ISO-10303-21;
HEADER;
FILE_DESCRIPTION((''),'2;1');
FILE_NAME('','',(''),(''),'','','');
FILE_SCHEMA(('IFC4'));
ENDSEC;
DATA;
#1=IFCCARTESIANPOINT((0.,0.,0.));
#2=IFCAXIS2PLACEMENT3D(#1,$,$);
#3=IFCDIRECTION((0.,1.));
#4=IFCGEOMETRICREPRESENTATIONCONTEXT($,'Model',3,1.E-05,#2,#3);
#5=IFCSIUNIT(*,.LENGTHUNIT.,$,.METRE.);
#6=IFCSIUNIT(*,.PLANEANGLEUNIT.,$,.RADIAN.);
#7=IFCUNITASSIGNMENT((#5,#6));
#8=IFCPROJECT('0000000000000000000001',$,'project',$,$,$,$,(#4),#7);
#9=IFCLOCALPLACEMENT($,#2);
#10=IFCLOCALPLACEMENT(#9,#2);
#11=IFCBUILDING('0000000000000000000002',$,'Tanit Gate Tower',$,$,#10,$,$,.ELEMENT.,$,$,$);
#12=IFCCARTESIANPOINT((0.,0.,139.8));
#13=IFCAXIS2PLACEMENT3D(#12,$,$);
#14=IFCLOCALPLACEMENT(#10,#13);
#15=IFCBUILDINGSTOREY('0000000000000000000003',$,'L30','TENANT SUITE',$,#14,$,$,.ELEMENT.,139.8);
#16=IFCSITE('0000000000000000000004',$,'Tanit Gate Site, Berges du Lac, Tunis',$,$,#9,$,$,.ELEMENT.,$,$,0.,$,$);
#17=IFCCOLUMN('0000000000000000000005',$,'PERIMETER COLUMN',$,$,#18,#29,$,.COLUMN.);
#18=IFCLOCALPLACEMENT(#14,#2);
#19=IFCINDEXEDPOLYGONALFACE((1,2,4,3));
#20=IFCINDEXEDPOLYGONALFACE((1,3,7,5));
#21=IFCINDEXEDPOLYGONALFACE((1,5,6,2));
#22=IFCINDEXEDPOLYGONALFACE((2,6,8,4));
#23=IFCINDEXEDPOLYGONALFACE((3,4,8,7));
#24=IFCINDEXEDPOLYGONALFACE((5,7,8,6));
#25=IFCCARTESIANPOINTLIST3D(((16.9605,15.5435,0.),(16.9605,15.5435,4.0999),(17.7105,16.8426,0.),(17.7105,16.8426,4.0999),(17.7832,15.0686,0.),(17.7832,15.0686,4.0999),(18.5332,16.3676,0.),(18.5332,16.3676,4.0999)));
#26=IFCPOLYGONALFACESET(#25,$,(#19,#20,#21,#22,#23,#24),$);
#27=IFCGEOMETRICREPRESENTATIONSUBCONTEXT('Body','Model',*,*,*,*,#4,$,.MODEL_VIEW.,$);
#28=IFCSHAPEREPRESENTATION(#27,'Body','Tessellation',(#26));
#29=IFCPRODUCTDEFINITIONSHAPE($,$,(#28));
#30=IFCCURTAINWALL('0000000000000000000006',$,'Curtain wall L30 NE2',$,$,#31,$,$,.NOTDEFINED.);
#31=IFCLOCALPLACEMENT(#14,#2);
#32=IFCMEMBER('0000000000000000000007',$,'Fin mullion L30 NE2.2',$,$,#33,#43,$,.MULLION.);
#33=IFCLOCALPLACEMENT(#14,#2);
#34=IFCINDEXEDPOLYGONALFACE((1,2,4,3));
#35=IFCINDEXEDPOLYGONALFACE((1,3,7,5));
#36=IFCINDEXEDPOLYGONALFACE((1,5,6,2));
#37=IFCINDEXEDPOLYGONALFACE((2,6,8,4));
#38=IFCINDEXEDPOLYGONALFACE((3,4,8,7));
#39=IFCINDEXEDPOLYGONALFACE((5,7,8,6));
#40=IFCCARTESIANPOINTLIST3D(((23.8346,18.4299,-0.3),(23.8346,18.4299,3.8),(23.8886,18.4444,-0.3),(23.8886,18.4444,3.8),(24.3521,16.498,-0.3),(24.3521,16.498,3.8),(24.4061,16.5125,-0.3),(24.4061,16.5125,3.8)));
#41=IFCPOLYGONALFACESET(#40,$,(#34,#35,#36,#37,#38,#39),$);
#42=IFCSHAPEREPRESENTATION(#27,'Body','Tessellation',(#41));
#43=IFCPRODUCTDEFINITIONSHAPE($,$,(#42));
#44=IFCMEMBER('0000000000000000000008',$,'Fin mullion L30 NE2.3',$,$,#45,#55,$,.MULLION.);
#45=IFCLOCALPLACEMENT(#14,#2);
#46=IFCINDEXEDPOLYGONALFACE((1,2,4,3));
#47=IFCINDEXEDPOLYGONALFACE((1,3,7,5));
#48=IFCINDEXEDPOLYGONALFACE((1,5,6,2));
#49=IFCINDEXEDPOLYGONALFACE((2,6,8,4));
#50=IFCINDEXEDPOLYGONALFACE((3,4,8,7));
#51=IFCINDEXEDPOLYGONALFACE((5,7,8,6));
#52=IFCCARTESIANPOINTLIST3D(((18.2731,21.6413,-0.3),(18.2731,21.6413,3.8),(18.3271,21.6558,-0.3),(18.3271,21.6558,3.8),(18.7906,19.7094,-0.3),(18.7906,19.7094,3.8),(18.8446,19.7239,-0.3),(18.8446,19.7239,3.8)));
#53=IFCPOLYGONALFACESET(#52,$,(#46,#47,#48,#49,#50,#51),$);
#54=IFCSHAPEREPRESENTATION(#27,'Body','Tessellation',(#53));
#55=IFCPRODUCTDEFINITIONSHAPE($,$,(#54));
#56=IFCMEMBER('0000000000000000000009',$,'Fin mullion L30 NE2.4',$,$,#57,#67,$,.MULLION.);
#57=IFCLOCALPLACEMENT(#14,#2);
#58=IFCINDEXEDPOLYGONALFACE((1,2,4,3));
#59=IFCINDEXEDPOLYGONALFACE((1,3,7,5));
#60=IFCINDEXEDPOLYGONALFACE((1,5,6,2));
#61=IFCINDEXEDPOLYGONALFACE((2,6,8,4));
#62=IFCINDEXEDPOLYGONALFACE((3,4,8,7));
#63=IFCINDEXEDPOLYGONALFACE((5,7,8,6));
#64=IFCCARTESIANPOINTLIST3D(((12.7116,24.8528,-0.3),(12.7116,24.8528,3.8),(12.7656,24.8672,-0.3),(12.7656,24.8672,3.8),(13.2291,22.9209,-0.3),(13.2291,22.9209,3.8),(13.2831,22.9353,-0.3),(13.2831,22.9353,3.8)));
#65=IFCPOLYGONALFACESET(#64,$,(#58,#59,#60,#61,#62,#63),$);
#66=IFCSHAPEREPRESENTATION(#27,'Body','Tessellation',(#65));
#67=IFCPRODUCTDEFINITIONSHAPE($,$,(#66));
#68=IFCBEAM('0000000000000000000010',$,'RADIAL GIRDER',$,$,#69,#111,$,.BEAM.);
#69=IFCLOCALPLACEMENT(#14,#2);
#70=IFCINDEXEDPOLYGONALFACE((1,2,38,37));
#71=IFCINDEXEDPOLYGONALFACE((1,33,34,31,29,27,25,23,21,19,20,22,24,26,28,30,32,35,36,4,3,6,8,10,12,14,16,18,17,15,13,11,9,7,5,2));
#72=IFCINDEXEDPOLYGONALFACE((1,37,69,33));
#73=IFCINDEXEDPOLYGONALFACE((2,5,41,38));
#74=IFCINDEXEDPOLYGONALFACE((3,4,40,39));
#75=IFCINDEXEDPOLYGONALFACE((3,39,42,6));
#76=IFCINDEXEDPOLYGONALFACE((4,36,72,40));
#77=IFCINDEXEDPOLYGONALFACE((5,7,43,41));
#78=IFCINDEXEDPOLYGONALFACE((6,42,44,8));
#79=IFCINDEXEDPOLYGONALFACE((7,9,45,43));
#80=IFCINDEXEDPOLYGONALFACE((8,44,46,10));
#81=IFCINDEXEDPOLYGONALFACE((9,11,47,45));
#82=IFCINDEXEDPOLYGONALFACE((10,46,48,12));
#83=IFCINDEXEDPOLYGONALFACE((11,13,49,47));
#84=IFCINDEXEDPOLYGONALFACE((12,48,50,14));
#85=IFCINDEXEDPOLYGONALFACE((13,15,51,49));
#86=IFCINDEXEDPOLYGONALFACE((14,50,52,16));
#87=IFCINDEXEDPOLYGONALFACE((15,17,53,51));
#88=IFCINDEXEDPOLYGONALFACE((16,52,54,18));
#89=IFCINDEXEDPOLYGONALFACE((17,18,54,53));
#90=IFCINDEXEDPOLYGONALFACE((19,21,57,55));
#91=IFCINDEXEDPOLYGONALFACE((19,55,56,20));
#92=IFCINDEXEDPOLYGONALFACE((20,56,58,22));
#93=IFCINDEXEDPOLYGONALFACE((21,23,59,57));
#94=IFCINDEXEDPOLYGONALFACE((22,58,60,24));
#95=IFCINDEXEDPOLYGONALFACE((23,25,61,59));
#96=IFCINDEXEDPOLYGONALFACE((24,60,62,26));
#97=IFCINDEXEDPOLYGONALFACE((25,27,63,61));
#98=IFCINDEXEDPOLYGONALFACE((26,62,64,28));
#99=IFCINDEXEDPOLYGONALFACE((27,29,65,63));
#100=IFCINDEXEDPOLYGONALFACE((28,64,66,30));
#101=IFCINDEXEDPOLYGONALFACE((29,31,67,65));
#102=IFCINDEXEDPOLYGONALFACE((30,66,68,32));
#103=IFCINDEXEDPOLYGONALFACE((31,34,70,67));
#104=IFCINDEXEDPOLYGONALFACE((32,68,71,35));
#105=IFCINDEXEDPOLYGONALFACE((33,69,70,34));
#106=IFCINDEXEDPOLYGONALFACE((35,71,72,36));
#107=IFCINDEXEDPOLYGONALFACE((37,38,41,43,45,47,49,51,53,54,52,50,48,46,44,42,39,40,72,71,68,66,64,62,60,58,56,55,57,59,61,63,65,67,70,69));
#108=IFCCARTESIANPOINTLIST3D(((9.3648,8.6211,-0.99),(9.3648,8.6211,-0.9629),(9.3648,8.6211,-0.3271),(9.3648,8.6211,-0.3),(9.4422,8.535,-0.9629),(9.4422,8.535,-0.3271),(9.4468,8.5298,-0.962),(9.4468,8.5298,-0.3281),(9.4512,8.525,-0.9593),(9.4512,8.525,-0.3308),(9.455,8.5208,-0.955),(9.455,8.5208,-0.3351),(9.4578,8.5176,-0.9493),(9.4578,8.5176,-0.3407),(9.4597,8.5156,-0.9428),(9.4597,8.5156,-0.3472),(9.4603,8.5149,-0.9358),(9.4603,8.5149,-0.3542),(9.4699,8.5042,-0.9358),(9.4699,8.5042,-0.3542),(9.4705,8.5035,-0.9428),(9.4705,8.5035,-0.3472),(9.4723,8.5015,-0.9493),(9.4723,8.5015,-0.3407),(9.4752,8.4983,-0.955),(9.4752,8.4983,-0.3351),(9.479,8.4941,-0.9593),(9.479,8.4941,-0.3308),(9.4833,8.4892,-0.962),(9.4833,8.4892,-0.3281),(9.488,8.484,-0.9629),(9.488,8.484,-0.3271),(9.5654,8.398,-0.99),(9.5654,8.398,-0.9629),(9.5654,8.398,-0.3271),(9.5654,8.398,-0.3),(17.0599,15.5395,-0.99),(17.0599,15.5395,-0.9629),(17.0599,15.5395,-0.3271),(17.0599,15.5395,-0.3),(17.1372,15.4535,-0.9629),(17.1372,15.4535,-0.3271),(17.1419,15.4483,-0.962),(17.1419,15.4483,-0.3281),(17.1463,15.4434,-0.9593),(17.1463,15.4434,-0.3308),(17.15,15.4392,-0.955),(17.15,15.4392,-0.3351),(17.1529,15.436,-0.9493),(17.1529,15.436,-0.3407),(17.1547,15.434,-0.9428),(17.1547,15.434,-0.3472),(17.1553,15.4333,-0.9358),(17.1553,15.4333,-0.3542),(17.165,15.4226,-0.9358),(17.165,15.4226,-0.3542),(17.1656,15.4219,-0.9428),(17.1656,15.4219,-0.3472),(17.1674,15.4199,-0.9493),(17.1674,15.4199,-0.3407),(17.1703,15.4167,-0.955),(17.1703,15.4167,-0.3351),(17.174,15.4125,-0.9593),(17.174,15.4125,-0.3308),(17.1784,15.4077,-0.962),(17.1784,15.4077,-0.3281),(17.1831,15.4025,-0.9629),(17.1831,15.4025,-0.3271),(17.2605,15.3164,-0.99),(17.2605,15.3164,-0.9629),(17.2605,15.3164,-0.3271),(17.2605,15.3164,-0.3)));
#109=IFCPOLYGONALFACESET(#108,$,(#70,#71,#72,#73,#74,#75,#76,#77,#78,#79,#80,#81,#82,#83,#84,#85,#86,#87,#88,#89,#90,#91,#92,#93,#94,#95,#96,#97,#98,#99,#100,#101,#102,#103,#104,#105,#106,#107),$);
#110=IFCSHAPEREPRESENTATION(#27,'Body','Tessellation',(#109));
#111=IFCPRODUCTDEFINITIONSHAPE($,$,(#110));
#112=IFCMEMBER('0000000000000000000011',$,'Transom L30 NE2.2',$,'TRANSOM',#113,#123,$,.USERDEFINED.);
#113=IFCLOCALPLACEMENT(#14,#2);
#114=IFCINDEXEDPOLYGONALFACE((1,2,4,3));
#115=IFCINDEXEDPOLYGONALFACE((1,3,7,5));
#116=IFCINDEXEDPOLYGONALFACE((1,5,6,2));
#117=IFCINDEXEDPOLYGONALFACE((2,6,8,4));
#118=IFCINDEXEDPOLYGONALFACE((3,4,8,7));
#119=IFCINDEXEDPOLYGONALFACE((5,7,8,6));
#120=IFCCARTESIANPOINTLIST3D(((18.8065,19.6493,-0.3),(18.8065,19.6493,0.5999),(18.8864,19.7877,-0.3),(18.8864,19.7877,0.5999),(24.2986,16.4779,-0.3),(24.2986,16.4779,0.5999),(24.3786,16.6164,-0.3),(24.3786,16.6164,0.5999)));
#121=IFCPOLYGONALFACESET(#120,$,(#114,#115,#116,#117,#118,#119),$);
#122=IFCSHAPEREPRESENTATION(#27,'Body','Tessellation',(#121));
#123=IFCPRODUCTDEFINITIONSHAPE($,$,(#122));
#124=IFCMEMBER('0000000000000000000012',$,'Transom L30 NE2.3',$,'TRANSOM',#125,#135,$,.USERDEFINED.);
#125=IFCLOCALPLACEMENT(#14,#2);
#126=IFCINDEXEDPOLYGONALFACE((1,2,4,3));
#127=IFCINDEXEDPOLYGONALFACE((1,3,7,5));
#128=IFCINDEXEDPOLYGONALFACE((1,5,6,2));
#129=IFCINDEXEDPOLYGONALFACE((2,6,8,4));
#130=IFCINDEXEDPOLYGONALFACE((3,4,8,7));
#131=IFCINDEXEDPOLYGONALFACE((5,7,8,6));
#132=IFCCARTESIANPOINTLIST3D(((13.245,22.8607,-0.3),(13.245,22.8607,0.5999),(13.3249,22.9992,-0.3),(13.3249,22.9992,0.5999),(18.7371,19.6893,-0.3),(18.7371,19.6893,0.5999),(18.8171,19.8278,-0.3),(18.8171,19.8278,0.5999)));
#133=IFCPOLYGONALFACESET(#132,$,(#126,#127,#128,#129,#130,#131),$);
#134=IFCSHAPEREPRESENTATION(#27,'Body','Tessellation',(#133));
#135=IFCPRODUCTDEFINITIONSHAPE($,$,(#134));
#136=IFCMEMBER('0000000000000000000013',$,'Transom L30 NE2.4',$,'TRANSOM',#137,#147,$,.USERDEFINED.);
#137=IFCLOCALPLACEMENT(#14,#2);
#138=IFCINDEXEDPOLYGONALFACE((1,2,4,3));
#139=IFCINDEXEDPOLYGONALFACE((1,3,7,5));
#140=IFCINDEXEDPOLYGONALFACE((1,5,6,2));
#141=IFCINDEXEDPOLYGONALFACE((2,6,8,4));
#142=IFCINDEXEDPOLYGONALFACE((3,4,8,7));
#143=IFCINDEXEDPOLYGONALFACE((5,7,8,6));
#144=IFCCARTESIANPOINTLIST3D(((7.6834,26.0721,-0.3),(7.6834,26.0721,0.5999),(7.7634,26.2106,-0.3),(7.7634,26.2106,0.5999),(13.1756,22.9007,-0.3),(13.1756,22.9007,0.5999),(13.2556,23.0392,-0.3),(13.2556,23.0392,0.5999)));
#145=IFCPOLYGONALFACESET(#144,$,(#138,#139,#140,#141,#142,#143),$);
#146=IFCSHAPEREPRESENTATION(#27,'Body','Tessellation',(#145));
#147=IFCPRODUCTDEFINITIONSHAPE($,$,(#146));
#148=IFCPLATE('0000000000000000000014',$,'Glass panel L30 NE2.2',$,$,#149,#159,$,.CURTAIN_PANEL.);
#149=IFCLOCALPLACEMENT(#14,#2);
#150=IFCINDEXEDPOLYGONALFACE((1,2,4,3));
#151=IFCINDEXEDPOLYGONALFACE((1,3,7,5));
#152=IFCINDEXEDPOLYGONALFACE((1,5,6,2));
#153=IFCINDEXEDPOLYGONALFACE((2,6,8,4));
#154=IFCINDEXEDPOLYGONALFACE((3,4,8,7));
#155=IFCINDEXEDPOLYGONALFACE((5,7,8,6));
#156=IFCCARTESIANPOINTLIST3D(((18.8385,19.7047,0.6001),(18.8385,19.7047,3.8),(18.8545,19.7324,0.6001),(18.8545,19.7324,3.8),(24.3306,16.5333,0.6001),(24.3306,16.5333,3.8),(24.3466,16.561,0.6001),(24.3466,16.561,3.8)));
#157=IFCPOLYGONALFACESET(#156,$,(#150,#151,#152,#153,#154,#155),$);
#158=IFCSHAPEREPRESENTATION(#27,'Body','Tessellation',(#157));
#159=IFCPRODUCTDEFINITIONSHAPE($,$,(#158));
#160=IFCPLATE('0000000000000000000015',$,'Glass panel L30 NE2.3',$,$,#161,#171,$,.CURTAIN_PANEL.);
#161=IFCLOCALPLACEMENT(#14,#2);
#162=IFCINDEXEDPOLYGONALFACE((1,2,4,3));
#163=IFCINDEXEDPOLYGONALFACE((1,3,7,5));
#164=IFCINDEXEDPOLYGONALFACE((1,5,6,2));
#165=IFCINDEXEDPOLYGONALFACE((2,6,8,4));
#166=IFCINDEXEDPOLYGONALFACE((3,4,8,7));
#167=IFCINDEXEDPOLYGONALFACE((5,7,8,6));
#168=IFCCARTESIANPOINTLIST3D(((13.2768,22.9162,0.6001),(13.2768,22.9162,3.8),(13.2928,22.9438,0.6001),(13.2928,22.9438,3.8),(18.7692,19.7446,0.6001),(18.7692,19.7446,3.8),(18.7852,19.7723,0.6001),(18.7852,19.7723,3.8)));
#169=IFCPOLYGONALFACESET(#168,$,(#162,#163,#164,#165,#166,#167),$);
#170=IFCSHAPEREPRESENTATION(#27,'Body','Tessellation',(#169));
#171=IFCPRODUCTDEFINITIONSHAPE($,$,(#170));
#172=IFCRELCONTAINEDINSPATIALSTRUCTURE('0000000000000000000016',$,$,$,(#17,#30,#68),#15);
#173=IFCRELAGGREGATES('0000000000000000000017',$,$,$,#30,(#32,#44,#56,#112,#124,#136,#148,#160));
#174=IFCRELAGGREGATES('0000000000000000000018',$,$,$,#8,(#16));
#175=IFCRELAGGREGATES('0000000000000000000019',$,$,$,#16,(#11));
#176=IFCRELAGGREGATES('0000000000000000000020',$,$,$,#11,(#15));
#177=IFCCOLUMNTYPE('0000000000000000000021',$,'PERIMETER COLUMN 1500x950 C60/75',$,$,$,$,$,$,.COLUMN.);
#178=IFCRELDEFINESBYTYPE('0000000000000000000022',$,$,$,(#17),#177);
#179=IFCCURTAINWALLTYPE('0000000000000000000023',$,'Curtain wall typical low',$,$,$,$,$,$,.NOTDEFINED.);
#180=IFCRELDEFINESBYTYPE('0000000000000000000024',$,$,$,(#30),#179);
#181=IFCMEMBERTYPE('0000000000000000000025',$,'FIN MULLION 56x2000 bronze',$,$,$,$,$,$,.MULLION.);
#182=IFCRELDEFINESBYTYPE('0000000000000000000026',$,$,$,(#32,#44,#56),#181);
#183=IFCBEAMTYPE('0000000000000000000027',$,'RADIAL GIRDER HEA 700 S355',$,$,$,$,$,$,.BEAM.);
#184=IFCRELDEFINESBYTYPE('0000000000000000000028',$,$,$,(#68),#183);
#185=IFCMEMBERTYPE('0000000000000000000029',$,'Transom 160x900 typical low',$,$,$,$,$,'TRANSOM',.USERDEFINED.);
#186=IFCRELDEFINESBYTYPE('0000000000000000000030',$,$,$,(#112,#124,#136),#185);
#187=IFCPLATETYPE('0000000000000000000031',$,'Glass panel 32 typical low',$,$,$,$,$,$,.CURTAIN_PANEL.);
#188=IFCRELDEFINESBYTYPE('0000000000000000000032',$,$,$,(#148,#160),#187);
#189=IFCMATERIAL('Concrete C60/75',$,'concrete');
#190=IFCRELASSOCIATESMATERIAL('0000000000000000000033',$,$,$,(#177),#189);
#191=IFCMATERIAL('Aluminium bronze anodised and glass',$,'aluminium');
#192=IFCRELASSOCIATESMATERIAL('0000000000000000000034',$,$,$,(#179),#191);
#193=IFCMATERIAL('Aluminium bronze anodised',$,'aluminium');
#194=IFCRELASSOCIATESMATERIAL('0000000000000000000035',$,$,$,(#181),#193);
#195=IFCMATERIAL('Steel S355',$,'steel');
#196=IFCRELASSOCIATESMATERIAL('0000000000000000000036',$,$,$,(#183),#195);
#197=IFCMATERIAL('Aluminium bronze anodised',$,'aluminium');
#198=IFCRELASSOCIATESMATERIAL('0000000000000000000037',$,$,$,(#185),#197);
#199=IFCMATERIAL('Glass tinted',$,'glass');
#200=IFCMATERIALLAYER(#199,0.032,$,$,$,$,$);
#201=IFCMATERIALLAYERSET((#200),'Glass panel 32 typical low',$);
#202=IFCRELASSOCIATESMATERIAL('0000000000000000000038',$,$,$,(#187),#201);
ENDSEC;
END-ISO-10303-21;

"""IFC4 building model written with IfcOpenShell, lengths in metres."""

from ifc_helpers import new_model, si_unit, direction, frame, origin, origin_2d, place, context, subcontext, project, spatial, rectangle, i_section, extrude, material, layer, layer_set, material_profile, profile_set, type_object, element, aggregate, save


model = new_model("IFC4")

# Units and contexts
model_context = context("Model", 3, precision=1e-05, world=origin(), true_north=direction((0.0, 1.0)))
body_context = subcontext(model_context, "Body", "Model", "MODEL_VIEW")
ifc_project = project(units=[si_unit("LENGTHUNIT", "METRE"), si_unit("PLANEANGLEUNIT", "RADIAN")], contexts=[model_context])

# Site, building, storey
site_placement = place(None, origin())
site = spatial("IfcSite", under=ifc_project, at=site_placement, Name="Tanit Gate Site, Berges du Lac, Tunis", CompositionType="ELEMENT", RefElevation=0.0)
building_placement = place(site_placement, origin())
building = spatial("IfcBuilding", under=site, at=building_placement, Name="Tanit Gate Tower", CompositionType="ELEMENT")
storey_placement = place(building_placement, frame((0.0, 0.0, 139.8)))
storey = spatial("IfcBuildingStorey", under=building, at=storey_placement, Name="L30", Description="TENANT SUITE", CompositionType="ELEMENT", Elevation=139.8)

# Column
ifc_material_1 = material(Name="Concrete C60/75", Category="concrete")
ifc_material_profile_1 = material_profile(ifc_material_1, rectangle(XDim=1.5, YDim=0.95, at=origin_2d()), Name="RC 1500x950")
ifc_profile_set_1 = profile_set([ifc_material_profile_1], Name="Concrete C60/75")
column_type = type_object("IfcColumnType", Name="PERIMETER COLUMN 1500x950 C60/75", PredefinedType="COLUMN", material=ifc_profile_set_1)
column_placement = place(storey_placement, frame((17.7468, 15.9556, 0.0), z_axis=(0.0, 0.0, 1.0), x_axis=(0.5, 0.866025, 0.0)))
element("IfcColumn", 1, at=column_placement, inside=storey, type_object=column_type, Name="PERIMETER COLUMN", PredefinedType="COLUMN", context=body_context, shape_type="SweptSolid", body=[
    extrude(rectangle(XDim=1.5, YDim=0.95, at=origin_2d()), origin(), (0.0, 0.0, 1.0), 4.0999),
])

# Curtain wall, members
ifc_material_2 = material(Name="Aluminium bronze anodised and glass", Category="aluminium")
curtain_wall_type = type_object("IfcCurtainWallType", Name="Curtain wall typical low", PredefinedType="NOTDEFINED", material=ifc_material_2)
curtain_wall_placement = place(storey_placement, origin())
curtain_wall = element("IfcCurtainWall", 2, at=curtain_wall_placement, inside=storey, type_object=curtain_wall_type, Name="Curtain wall L30 NE2", PredefinedType="NOTDEFINED")
ifc_material_3 = material(Name="Aluminium bronze anodised", Category="aluminium")
ifc_material_profile_2 = material_profile(ifc_material_3, rectangle(XDim=2.0, YDim=0.0559, at=origin_2d()), Name="56x2000 bronze fin mullion")
ifc_profile_set_2 = profile_set([ifc_material_profile_2], Name="Aluminium bronze anodised")
member_type_1 = type_object("IfcMemberType", Name="FIN MULLION 56x2000 bronze", PredefinedType="MULLION", material=ifc_profile_set_2)
member_1_placement = place(storey_placement, frame((24.1204, 17.4712, -0.3), z_axis=(0.0, 0.0, 1.0), x_axis=(0.258752, -0.965944, 0.0)))
member_1 = element("IfcMember", 3, at=member_1_placement, type_object=member_type_1, Name="Fin mullion L30 NE2.2", PredefinedType="MULLION", context=body_context, shape_type="SweptSolid", body=[
    extrude(rectangle(XDim=2.0, YDim=0.0559, at=origin_2d()), origin(), (0.0, 0.0, 1.0), 4.1001),
])
member_2_placement = place(storey_placement, frame((18.5588, 20.6826, -0.3), z_axis=(0.0, 0.0, 1.0), x_axis=(0.258752, -0.965944, 0.0)))
member_2 = element("IfcMember", 4, at=member_2_placement, type_object=member_type_1, Name="Fin mullion L30 NE2.3", PredefinedType="MULLION", context=body_context, shape_type="SweptSolid", body=[
    extrude(rectangle(XDim=2.0, YDim=0.0559, at=origin_2d()), origin(), (0.0, 0.0, 1.0), 4.1001),
])
member_3_placement = place(storey_placement, frame((12.9973, 23.894, -0.3), z_axis=(0.0, 0.0, 1.0), x_axis=(0.258752, -0.965944, 0.0)))
member_3 = element("IfcMember", 5, at=member_3_placement, type_object=member_type_1, Name="Fin mullion L30 NE2.4", PredefinedType="MULLION", context=body_context, shape_type="SweptSolid", body=[
    extrude(rectangle(XDim=2.0, YDim=0.0559, at=origin_2d()), origin(), (0.0, 0.0, 1.0), 4.1001),
])

# Beam
ifc_material_4 = material(Name="Steel S355", Category="steel")
ifc_material_profile_3 = material_profile(ifc_material_4, i_section(OverallWidth=0.3, OverallDepth=0.6899, WebThickness=0.0144, FlangeThickness=0.0271, FilletRadius=0.0271, at=origin_2d()), Name="HEA 700")
ifc_profile_set_3 = profile_set([ifc_material_profile_3], Name="Steel S355")
beam_type = type_object("IfcBeamType", Name="RADIAL GIRDER HEA 700 S355", PredefinedType="BEAM", material=ifc_profile_set_3)
beam_placement = place(storey_placement, frame((17.1602, 15.428, -0.645), z_axis=(-0.743635, -0.668585, 0.0), x_axis=(0.668585, -0.743635, 0.0)))
element("IfcBeam", 6, at=beam_placement, inside=storey, type_object=beam_type, Name="RADIAL GIRDER", PredefinedType="BEAM", context=body_context, shape_type="SweptSolid", body=[
    extrude(i_section(OverallWidth=0.3, OverallDepth=0.6899, WebThickness=0.0144, FlangeThickness=0.0271, FilletRadius=0.0271, at=origin_2d()), origin(), (0.0, 0.0, 1.0), 10.3479),
])

# Members
ifc_material_5 = material(Name="Aluminium bronze anodised", Category="aluminium")
ifc_material_profile_4 = material_profile(ifc_material_5, rectangle(XDim=0.1599, YDim=0.8999, at=origin_2d()), Name="160x900 bronze transom")
ifc_profile_set_4 = profile_set([ifc_material_profile_4], Name="Aluminium bronze anodised")
member_type_2 = type_object("IfcMemberType", Name="Transom 160x900 typical low", ElementType="TRANSOM", PredefinedType="USERDEFINED", material=ifc_profile_set_4)
member_4_placement = place(storey_placement, frame((24.3386, 16.5471, 0.1499), z_axis=(-0.865993, 0.500056, 0.0), x_axis=(-0.500056, -0.865993, 0.0)))
member_4 = element("IfcMember", 7, at=member_4_placement, type_object=member_type_2, Name="Transom L30 NE2.2", ObjectType="TRANSOM", PredefinedType="USERDEFINED", context=body_context, shape_type="SweptSolid", body=[
    extrude(rectangle(XDim=0.1599, YDim=0.8999, at=origin_2d()), origin(), (0.0, 0.0, 1.0), 6.342),
])
member_5_placement = place(storey_placement, frame((18.7771, 19.7585, 0.1499), z_axis=(-0.865993, 0.500056, 0.0), x_axis=(-0.500056, -0.865993, 0.0)))
member_5 = element("IfcMember", 8, at=member_5_placement, type_object=member_type_2, Name="Transom L30 NE2.3", ObjectType="TRANSOM", PredefinedType="USERDEFINED", context=body_context, shape_type="SweptSolid", body=[
    extrude(rectangle(XDim=0.1599, YDim=0.8999, at=origin_2d()), origin(), (0.0, 0.0, 1.0), 6.342),
])
member_6_placement = place(storey_placement, frame((13.2156, 22.97, 0.1499), z_axis=(-0.865993, 0.500056, 0.0), x_axis=(-0.500056, -0.865993, 0.0)))
member_6 = element("IfcMember", 9, at=member_6_placement, type_object=member_type_2, Name="Transom L30 NE2.4", ObjectType="TRANSOM", PredefinedType="USERDEFINED", context=body_context, shape_type="SweptSolid", body=[
    extrude(rectangle(XDim=0.1599, YDim=0.8999, at=origin_2d()), origin(), (0.0, 0.0, 1.0), 6.342),
])

# Plates
ifc_material_6 = material(Name="Glass tinted", Category="glass")
ifc_layer = layer(ifc_material_6, 0.032)
ifc_layer_set = layer_set([ifc_layer], Name="Glass panel 32 typical low")
plate_type = type_object("IfcPlateType", Name="Glass panel 32 typical low", PredefinedType="CURTAIN_PANEL", material=ifc_layer_set)
plate_1_placement = place(storey_placement, frame((21.5925, 18.1328, 0.6001), z_axis=(0.0, 0.0, 1.0), x_axis=(-0.865991, 0.50006, 0.0)))
plate_1 = element("IfcPlate", 10, at=plate_1_placement, type_object=plate_type, Name="Glass panel L30 NE2.2", PredefinedType="CURTAIN_PANEL", context=body_context, shape_type="SweptSolid", body=[
    extrude(rectangle(XDim=6.342, YDim=0.032, at=origin_2d()), origin(), (0.0, 0.0, 1.0), 3.2),
])
plate_2_placement = place(storey_placement, frame((16.031, 21.3442, 0.6001), z_axis=(0.0, 0.0, 1.0), x_axis=(-0.865991, 0.50006, 0.0)))
plate_2 = element("IfcPlate", 11, at=plate_2_placement, type_object=plate_type, Name="Glass panel L30 NE2.3", PredefinedType="CURTAIN_PANEL", context=body_context, shape_type="SweptSolid", body=[
    extrude(rectangle(XDim=6.3423, YDim=0.032, at=origin_2d()), origin(), (0.0, 0.0, 1.0), 3.2),
])
aggregate(curtain_wall, [member_1, member_2, member_3, member_4, member_5, member_6, plate_1, plate_2])

save(model, "model.ifc")
